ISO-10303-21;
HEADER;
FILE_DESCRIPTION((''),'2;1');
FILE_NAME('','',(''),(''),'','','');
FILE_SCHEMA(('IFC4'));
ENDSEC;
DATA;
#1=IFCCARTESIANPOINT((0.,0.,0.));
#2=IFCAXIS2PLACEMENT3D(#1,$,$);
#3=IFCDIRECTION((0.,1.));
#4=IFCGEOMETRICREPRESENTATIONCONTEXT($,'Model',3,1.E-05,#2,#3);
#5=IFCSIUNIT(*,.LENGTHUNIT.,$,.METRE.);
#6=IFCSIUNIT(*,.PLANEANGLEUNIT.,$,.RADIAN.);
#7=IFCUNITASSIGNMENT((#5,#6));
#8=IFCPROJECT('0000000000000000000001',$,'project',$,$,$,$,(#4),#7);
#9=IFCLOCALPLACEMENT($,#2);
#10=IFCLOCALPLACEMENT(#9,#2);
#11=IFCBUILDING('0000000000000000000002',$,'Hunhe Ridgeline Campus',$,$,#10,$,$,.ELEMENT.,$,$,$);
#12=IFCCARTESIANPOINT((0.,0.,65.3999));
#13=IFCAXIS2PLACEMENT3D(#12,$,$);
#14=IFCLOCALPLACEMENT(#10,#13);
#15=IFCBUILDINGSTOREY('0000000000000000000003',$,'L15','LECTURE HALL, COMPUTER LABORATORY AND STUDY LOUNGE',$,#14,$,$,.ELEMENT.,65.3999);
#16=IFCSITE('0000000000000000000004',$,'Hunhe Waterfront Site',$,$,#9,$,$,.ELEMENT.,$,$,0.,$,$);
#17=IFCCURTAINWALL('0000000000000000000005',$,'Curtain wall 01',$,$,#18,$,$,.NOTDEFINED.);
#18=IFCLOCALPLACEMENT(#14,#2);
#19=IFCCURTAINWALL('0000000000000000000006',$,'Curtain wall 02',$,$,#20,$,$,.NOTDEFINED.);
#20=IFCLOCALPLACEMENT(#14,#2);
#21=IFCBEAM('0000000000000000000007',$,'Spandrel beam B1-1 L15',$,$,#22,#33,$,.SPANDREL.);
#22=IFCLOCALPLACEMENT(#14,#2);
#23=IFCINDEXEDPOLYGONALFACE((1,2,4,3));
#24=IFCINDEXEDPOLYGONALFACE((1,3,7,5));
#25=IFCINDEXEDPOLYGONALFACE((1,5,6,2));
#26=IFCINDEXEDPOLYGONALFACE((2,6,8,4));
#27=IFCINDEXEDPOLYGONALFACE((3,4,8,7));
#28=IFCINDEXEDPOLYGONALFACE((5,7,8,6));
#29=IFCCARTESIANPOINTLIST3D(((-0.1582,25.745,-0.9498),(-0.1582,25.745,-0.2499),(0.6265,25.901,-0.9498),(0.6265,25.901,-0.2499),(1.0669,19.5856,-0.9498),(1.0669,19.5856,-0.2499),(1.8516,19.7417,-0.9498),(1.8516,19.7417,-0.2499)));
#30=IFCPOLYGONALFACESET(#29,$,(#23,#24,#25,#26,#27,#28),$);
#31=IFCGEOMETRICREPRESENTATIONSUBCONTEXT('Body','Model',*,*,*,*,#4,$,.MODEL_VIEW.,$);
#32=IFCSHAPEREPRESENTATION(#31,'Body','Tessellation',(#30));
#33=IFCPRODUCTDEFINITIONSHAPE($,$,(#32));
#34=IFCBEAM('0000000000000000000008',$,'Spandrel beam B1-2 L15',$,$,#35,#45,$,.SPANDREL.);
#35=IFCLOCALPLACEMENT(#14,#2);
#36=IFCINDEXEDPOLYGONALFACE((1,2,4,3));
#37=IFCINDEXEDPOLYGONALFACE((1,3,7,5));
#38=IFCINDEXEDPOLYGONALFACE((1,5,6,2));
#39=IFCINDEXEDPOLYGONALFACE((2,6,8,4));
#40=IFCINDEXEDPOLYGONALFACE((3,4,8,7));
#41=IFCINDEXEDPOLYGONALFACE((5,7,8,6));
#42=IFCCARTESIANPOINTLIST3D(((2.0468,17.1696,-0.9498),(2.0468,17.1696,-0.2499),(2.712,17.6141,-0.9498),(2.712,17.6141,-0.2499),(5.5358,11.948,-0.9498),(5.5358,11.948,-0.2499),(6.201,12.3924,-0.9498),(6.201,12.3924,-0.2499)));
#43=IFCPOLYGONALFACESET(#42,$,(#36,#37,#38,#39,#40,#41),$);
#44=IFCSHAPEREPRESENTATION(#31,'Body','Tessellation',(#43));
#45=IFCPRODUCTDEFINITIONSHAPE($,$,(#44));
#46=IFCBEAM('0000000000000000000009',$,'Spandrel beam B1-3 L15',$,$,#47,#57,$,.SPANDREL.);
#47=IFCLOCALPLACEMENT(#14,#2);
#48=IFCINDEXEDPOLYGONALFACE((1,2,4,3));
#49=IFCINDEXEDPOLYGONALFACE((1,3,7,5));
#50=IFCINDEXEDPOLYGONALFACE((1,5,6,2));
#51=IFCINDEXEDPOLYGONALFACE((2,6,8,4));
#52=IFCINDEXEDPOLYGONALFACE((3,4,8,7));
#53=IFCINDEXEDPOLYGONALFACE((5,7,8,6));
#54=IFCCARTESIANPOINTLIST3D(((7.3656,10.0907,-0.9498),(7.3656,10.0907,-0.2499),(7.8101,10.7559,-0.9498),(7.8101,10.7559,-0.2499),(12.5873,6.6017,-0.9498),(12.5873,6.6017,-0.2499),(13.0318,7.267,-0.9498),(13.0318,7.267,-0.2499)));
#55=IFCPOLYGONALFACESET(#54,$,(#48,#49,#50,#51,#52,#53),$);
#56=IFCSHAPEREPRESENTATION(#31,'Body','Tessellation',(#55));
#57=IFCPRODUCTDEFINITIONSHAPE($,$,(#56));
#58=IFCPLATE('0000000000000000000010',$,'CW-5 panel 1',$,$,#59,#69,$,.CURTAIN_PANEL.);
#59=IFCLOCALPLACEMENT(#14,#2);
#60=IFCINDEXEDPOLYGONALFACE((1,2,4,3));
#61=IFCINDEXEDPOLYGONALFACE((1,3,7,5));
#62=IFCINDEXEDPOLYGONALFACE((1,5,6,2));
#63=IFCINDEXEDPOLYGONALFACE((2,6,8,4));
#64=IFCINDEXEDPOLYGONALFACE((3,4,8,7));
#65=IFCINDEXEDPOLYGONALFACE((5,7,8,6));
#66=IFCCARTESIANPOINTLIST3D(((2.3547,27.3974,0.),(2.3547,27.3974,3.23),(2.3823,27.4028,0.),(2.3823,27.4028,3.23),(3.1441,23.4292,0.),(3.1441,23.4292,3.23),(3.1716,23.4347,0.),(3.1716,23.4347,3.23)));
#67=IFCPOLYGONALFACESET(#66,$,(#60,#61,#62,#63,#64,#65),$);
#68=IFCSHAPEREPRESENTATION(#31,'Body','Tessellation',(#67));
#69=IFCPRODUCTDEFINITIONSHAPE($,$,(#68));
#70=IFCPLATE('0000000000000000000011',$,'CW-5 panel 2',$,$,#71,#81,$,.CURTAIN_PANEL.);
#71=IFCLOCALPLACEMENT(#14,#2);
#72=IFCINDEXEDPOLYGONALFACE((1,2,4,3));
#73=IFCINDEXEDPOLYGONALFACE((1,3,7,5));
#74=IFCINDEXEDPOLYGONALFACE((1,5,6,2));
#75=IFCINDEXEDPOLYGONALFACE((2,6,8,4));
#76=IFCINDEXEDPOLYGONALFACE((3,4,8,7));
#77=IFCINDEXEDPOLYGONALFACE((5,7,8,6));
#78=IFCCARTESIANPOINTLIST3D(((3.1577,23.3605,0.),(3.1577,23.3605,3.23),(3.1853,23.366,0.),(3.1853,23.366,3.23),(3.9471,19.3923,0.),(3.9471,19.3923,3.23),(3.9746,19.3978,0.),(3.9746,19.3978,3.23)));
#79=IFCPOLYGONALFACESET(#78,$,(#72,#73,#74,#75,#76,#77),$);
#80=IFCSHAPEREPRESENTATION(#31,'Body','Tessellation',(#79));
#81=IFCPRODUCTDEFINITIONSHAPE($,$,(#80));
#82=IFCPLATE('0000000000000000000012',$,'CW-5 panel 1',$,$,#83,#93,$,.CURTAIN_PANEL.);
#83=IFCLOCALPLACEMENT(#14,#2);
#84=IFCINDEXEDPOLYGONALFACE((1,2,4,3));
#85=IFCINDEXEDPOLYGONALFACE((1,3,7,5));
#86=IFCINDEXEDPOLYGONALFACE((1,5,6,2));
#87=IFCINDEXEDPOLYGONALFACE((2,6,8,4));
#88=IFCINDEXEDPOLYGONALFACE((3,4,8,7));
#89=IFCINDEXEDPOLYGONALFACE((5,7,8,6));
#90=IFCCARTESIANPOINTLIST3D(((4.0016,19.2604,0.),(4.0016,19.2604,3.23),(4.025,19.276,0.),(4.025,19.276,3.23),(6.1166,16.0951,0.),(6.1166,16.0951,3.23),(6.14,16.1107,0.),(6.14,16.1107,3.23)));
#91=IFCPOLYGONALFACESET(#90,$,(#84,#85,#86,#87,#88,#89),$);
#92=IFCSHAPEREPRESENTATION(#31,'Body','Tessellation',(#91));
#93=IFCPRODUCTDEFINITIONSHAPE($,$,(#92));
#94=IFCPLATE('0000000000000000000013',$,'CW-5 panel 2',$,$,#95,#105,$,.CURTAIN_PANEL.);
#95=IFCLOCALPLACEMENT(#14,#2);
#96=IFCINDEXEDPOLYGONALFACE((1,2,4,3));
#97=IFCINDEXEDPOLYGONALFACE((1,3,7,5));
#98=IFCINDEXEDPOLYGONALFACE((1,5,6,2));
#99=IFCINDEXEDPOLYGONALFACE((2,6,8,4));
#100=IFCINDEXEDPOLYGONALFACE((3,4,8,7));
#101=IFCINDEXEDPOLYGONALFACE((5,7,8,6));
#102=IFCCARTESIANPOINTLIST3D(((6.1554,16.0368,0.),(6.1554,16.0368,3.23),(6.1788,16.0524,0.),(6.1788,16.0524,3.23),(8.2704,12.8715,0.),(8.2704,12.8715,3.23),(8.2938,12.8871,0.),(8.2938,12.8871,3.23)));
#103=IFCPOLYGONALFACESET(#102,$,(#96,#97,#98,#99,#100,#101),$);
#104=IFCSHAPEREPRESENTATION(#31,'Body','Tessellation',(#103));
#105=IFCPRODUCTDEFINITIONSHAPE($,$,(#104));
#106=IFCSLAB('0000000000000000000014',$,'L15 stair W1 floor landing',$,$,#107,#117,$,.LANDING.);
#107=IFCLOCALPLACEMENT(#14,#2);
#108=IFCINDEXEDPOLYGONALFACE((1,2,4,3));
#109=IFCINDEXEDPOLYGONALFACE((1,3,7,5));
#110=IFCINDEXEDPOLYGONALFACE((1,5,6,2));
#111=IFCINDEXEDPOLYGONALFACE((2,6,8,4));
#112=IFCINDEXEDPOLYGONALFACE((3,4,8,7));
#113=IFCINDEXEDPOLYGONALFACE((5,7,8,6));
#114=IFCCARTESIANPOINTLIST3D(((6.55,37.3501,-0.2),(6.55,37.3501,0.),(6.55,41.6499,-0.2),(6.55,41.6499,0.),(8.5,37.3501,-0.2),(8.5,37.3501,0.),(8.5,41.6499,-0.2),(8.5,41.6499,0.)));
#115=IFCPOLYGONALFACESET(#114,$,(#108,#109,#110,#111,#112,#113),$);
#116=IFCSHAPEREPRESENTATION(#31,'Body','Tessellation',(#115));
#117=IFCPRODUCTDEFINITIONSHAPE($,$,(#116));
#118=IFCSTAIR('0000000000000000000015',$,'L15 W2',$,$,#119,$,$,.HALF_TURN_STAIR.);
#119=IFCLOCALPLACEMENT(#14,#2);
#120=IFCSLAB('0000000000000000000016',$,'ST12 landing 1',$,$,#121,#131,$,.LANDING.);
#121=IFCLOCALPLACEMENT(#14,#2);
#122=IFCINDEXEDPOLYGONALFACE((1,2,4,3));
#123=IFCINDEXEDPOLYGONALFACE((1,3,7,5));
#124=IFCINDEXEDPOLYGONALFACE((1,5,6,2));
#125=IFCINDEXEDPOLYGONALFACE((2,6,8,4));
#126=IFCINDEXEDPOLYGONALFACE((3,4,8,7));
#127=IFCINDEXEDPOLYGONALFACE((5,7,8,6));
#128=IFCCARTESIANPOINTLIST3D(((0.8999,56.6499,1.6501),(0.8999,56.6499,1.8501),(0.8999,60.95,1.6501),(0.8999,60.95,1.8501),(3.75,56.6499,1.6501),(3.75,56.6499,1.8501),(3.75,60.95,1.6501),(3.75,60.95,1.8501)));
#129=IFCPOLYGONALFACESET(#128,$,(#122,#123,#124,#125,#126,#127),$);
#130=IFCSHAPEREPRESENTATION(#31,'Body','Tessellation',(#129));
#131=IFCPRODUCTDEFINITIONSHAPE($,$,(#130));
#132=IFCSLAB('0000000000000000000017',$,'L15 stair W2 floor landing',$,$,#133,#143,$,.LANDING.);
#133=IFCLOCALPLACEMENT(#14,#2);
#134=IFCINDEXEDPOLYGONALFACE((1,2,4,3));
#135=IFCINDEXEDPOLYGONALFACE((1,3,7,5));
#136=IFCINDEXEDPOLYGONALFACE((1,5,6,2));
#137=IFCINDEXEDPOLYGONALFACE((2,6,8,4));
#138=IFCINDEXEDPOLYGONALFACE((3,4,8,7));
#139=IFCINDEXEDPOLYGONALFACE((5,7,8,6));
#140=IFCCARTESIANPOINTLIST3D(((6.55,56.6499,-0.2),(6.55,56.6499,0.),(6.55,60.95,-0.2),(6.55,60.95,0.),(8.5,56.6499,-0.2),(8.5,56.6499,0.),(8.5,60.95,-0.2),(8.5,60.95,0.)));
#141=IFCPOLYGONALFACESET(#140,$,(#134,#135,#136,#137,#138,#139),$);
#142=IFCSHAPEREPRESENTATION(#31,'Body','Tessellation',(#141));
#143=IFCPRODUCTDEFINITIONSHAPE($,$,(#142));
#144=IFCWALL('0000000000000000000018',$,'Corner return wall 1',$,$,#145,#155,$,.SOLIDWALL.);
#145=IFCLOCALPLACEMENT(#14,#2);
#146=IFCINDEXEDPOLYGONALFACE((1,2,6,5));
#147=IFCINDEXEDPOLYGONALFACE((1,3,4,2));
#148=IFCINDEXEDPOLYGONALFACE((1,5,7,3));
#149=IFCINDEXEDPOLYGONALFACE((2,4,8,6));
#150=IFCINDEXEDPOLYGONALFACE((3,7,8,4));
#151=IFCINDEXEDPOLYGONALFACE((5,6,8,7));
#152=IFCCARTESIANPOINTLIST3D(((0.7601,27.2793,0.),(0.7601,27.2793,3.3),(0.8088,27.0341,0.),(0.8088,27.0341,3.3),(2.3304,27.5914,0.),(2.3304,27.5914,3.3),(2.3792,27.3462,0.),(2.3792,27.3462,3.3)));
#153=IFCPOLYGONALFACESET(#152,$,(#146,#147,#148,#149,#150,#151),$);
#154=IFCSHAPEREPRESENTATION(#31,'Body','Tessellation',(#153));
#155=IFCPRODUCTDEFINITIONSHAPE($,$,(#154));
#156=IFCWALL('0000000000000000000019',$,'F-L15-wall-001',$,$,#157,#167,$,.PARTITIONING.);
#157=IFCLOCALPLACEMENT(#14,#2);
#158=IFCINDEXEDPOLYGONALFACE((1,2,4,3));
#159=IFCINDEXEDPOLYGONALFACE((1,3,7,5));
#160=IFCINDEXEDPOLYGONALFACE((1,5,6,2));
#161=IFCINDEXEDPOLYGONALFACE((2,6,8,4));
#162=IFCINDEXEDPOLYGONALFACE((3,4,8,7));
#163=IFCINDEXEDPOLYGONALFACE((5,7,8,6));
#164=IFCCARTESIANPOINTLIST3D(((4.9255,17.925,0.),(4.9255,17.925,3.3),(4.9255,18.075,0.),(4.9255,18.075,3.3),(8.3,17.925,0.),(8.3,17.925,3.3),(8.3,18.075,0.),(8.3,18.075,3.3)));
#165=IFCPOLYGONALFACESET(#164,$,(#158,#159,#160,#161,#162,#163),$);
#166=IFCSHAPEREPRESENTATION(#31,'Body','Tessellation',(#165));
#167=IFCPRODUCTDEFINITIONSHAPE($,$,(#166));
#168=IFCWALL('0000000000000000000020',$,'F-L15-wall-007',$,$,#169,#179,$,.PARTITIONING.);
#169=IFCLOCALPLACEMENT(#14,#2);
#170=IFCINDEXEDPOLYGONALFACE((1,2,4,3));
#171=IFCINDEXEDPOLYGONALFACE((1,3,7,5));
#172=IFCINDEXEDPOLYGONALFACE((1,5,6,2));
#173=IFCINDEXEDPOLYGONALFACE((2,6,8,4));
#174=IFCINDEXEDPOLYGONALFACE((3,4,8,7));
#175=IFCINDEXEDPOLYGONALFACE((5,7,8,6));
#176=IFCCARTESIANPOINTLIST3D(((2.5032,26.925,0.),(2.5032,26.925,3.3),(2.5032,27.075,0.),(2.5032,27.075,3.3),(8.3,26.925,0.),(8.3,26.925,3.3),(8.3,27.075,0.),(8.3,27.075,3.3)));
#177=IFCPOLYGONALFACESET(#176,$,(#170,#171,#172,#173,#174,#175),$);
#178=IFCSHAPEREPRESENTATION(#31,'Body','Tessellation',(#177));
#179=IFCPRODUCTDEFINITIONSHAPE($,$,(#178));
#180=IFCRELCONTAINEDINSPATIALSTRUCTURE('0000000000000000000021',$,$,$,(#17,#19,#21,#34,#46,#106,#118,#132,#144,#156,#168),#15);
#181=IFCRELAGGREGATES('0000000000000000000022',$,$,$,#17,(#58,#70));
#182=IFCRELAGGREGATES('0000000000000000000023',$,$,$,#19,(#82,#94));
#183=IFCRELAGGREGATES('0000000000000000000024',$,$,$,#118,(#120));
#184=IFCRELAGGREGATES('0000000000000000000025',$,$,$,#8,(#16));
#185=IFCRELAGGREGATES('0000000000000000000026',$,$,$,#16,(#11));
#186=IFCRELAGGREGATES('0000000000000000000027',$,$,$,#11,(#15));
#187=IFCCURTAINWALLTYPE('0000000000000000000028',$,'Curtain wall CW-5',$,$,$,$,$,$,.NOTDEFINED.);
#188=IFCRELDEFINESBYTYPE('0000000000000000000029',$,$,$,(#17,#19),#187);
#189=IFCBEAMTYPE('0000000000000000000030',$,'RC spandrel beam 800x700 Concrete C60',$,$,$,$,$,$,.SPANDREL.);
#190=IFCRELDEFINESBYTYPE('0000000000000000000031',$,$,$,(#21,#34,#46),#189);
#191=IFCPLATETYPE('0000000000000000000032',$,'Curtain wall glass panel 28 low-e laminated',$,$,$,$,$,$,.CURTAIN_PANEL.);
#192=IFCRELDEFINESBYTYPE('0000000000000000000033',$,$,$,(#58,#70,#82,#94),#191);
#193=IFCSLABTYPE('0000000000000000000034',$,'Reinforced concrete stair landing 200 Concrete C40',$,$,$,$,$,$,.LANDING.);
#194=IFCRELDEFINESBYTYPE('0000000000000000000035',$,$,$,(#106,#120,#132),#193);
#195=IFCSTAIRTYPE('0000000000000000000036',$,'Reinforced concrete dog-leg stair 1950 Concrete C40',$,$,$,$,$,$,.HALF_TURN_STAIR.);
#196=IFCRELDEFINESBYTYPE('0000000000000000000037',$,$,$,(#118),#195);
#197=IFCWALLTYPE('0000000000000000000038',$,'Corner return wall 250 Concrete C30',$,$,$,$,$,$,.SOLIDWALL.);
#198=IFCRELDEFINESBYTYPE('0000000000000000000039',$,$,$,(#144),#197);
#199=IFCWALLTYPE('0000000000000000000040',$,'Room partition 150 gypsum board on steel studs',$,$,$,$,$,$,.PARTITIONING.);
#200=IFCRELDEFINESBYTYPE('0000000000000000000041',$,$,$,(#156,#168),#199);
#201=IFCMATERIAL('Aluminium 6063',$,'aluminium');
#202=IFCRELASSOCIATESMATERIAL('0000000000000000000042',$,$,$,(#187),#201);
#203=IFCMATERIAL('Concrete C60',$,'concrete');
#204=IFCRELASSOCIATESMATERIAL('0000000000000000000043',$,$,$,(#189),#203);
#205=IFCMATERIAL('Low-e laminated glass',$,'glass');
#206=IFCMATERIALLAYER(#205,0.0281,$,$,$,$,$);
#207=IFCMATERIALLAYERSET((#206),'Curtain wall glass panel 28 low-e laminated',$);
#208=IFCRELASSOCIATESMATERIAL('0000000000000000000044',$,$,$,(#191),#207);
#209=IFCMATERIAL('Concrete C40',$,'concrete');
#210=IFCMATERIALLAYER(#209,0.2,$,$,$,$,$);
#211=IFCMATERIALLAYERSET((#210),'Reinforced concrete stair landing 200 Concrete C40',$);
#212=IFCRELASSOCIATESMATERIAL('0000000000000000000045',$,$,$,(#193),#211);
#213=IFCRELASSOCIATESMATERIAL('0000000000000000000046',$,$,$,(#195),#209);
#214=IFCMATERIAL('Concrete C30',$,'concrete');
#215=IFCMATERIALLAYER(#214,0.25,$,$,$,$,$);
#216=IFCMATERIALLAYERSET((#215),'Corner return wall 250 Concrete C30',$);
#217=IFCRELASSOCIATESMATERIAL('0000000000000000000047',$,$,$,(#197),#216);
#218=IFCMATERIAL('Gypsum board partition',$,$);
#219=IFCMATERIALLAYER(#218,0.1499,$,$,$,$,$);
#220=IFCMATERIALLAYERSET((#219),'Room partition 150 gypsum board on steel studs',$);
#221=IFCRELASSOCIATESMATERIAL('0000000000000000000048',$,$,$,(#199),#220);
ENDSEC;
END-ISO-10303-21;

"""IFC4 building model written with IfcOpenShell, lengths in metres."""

from ifc_helpers import new_model, si_unit, direction, frame, frame_2d, origin, origin_2d, place, context, subcontext, project, spatial, polyline, rectangle, outline, extrude, material, layer, layer_set, material_profile, profile_set, type_object, element, aggregate, save


model = new_model("IFC4")

# Units and contexts
model_context = context("Model", 3, precision=1e-05, world=origin(), true_north=direction((0.0, 1.0)))
body_context = subcontext(model_context, "Body", "Model", "MODEL_VIEW")
ifc_project = project(units=[si_unit("LENGTHUNIT", "METRE"), si_unit("PLANEANGLEUNIT", "RADIAN")], contexts=[model_context])

# Site, building, storey
site_placement = place(None, origin())
site = spatial("IfcSite", under=ifc_project, at=site_placement, Name="Hunhe Waterfront Site", CompositionType="ELEMENT", RefElevation=0.0)
building_placement = place(site_placement, origin())
building = spatial("IfcBuilding", under=site, at=building_placement, Name="Hunhe Ridgeline Campus", CompositionType="ELEMENT")
storey_placement = place(building_placement, frame((0.0, 0.0, 65.3999)))
storey = spatial("IfcBuildingStorey", under=building, at=storey_placement, Name="L15", Description="LECTURE HALL, COMPUTER LABORATORY AND STUDY LOUNGE", CompositionType="ELEMENT", Elevation=65.3999)

# Curtain walls
ifc_material_1 = material(Name="Aluminium 6063", Category="aluminium")
curtain_wall_type = type_object("IfcCurtainWallType", Name="Curtain wall CW-5", PredefinedType="NOTDEFINED", material=ifc_material_1)
curtain_wall_1_placement = place(storey_placement, origin())
curtain_wall_1 = element("IfcCurtainWall", 1, at=curtain_wall_1_placement, inside=storey, type_object=curtain_wall_type, Name="Curtain wall 01", PredefinedType="NOTDEFINED")
curtain_wall_2_placement = place(storey_placement, origin())
curtain_wall_2 = element("IfcCurtainWall", 2, at=curtain_wall_2_placement, inside=storey, type_object=curtain_wall_type, Name="Curtain wall 02", PredefinedType="NOTDEFINED")

# Beams
ifc_material_2 = material(Name="Concrete C60", Category="concrete")
ifc_material_profile_1 = material_profile(ifc_material_2, rectangle(XDim=0.8, YDim=0.7, at=origin_2d()))
ifc_profile_set_1 = profile_set([ifc_material_profile_1], Name="Concrete C60")
beam_type = type_object("IfcBeamType", Name="RC spandrel beam 800x700 Concrete C60", PredefinedType="SPANDREL", material=ifc_profile_set_1)
for number, where, z_axis, x_axis, name in (
    (3, (0.2341, 25.823, -0.5999), (0.195077, -0.980788, 0.0), (0.980788, 0.195077, 0.0), "Spandrel beam B1-1 L15"),
    (4, (2.3794, 17.3918, -0.5999), (0.55557, -0.83147, 0.0), (0.83147, 0.55557, 0.0), "Spandrel beam B1-2 L15"),
    (5, (7.5879, 10.4233, -0.5999), (0.83147, -0.55557, 0.0), (0.55557, 0.83147, 0.0), "Spandrel beam B1-3 L15"),
):
    element("IfcBeam", number, at=place(storey_placement, frame(where, z_axis=z_axis, x_axis=x_axis)), inside=storey, type_object=beam_type, Name=name, PredefinedType="SPANDREL", context=body_context, shape_type="SweptSolid", body=[
        extrude(rectangle(XDim=0.8, YDim=0.7, at=origin_2d()), origin(), (0.0, 0.0, 1.0), 6.28),
    ])

# Plates
ifc_material_3 = material(Name="Low-e laminated glass", Category="glass")
ifc_layer_1 = layer(ifc_material_3, 0.0281)
ifc_layer_set_1 = layer_set([ifc_layer_1], Name="Curtain wall glass panel 28 low-e laminated")
plate_type = type_object("IfcPlateType", Name="Curtain wall glass panel 28 low-e laminated", PredefinedType="CURTAIN_PANEL", material=ifc_layer_set_1)
plate_1_placement = place(storey_placement, frame((2.7632, 25.416, 0.0), z_axis=(0.0, 0.0, 1.0), x_axis=(0.195095, -0.980784, 0.0)))
plate_1 = element("IfcPlate", 6, at=plate_1_placement, type_object=plate_type, Name="CW-5 panel 1", PredefinedType="CURTAIN_PANEL", context=body_context, shape_type="SweptSolid", body=[
    extrude(rectangle(XDim=4.0459, YDim=0.0281, at=origin_2d()), origin(), (0.0, 0.0, 1.0), 3.23),
])
plate_2_placement = place(storey_placement, frame((3.5662, 21.3792, 0.0), z_axis=(0.0, 0.0, 1.0), x_axis=(0.195095, -0.980784, 0.0)))
plate_2 = element("IfcPlate", 7, at=plate_2_placement, type_object=plate_type, Name="CW-5 panel 2", PredefinedType="CURTAIN_PANEL", context=body_context, shape_type="SweptSolid", body=[
    extrude(rectangle(XDim=4.0459, YDim=0.0281, at=origin_2d()), origin(), (0.0, 0.0, 1.0), 3.23),
])
aggregate(curtain_wall_1, [plate_1, plate_2])
plate_3_placement = place(storey_placement, frame((5.0708, 17.6855, 0.0), z_axis=(0.0, 0.0, 1.0), x_axis=(0.55557, -0.83147, 0.0)))
plate_3 = element("IfcPlate", 8, at=plate_3_placement, type_object=plate_type, Name="CW-5 panel 1", PredefinedType="CURTAIN_PANEL", context=body_context, shape_type="SweptSolid", body=[
    extrude(rectangle(XDim=3.8069, YDim=0.0281, at=origin_2d()), origin(), (0.0, 0.0, 1.0), 3.23),
])
plate_4_placement = place(storey_placement, frame((7.2246, 14.4619, 0.0), z_axis=(0.0, 0.0, 1.0), x_axis=(0.55557, -0.83147, 0.0)))
plate_4 = element("IfcPlate", 9, at=plate_4_placement, type_object=plate_type, Name="CW-5 panel 2", PredefinedType="CURTAIN_PANEL", context=body_context, shape_type="SweptSolid", body=[
    extrude(rectangle(XDim=3.8069, YDim=0.0281, at=origin_2d()), origin(), (0.0, 0.0, 1.0), 3.23),
])
aggregate(curtain_wall_2, [plate_3, plate_4])

# Slab
ifc_material_4 = material(Name="Concrete C40", Category="concrete")
ifc_layer_2 = layer(ifc_material_4, 0.2)
ifc_layer_set_2 = layer_set([ifc_layer_2], Name="Reinforced concrete stair landing 200 Concrete C40")
slab_type = type_object("IfcSlabType", Name="Reinforced concrete stair landing 200 Concrete C40", PredefinedType="LANDING", material=ifc_layer_set_2)
slab_1_placement = place(storey_placement, frame((0.0, 0.0, -0.2)))
element("IfcSlab", 10, at=slab_1_placement, inside=storey, type_object=slab_type, Name="L15 stair W1 floor landing", PredefinedType="LANDING", context=body_context, shape_type="SweptSolid", body=[
    extrude(outline(polyline([(8.5, 41.6499), (6.55, 41.6499), (6.55, 37.3501), (8.5, 37.3501), (8.5, 41.6499)])), origin(), (0.0, 0.0, 1.0), 0.2),
])

# Stair, slab
stair_type = type_object("IfcStairType", Name="Reinforced concrete dog-leg stair 1950 Concrete C40", PredefinedType="HALF_TURN_STAIR", material=ifc_material_4)
stair_placement = place(storey_placement, origin())
stair = element("IfcStair", 11, at=stair_placement, inside=storey, type_object=stair_type, Name="L15 W2", PredefinedType="HALF_TURN_STAIR")
slab_2_placement = place(storey_placement, frame((0.0, 0.0, 1.6501)))
slab_2 = element("IfcSlab", 12, at=slab_2_placement, type_object=slab_type, Name="ST12 landing 1", PredefinedType="LANDING", context=body_context, shape_type="SweptSolid", body=[
    extrude(outline(polyline([(3.75, 60.95), (0.8999, 60.95), (0.8999, 56.6499), (3.75, 56.6499), (3.75, 60.95)])), origin(), (0.0, 0.0, 1.0), 0.2),
])
aggregate(stair, [slab_2])

# Slab
slab_3_placement = place(storey_placement, frame((0.0, 0.0, -0.2)))
element("IfcSlab", 13, at=slab_3_placement, inside=storey, type_object=slab_type, Name="L15 stair W2 floor landing", PredefinedType="LANDING", context=body_context, shape_type="SweptSolid", body=[
    extrude(outline(polyline([(8.5, 60.95), (6.55, 60.95), (6.55, 56.6499), (8.5, 56.6499), (8.5, 60.95)])), origin(), (0.0, 0.0, 1.0), 0.2),
])

# Walls
ifc_material_5 = material(Name="Concrete C30", Category="concrete")
ifc_layer_3 = layer(ifc_material_5, 0.25)
ifc_layer_set_3 = layer_set([ifc_layer_3], Name="Corner return wall 250 Concrete C30")
wall_type_1 = type_object("IfcWallType", Name="Corner return wall 250 Concrete C30", PredefinedType="SOLIDWALL", material=ifc_layer_set_3)
wall_1_placement = place(storey_placement, frame((0.7844, 27.1567, 0.0), z_axis=(0.0, 0.0, 1.0), x_axis=(0.980826, 0.194884, 0.0)))
element("IfcWall", 14, at=wall_1_placement, inside=storey, type_object=wall_type_1, Name="Corner return wall 1", PredefinedType="SOLIDWALL", context=body_context, shape_type="SweptSolid", body=[
    extrude(rectangle(XDim=1.6011, YDim=0.25, at=frame_2d((0.8005, 0.0))), origin(), (0.0, 0.0, 1.0), 3.3),
])
ifc_material_6 = material(Name="Gypsum board partition")
ifc_layer_4 = layer(ifc_material_6, 0.1499)
ifc_layer_set_4 = layer_set([ifc_layer_4], Name="Room partition 150 gypsum board on steel studs")
wall_type_2 = type_object("IfcWallType", Name="Room partition 150 gypsum board on steel studs", PredefinedType="PARTITIONING", material=ifc_layer_set_4)
wall_2_placement = place(storey_placement, frame((4.9255, 18.0, 0.0), z_axis=(0.0, 0.0, 1.0), x_axis=(1.0, 0.0, 0.0)))
element("IfcWall", 15, at=wall_2_placement, inside=storey, type_object=wall_type_2, Name="F-L15-wall-001", PredefinedType="PARTITIONING", context=body_context, shape_type="SweptSolid", body=[
    extrude(rectangle(XDim=3.3745, YDim=0.1499, at=frame_2d((1.6873, 0.0))), origin(), (0.0, 0.0, 1.0), 3.3),
])
wall_3_placement = place(storey_placement, frame((2.5032, 27.0, 0.0), z_axis=(0.0, 0.0, 1.0), x_axis=(1.0, 0.0, 0.0)))
element("IfcWall", 16, at=wall_3_placement, inside=storey, type_object=wall_type_2, Name="F-L15-wall-007", PredefinedType="PARTITIONING", context=body_context, shape_type="SweptSolid", body=[
    extrude(rectangle(XDim=5.7969, YDim=0.1499, at=frame_2d((2.8984, 0.0))), origin(), (0.0, 0.0, 1.0), 3.3),
])

save(model, "model.ifc")
